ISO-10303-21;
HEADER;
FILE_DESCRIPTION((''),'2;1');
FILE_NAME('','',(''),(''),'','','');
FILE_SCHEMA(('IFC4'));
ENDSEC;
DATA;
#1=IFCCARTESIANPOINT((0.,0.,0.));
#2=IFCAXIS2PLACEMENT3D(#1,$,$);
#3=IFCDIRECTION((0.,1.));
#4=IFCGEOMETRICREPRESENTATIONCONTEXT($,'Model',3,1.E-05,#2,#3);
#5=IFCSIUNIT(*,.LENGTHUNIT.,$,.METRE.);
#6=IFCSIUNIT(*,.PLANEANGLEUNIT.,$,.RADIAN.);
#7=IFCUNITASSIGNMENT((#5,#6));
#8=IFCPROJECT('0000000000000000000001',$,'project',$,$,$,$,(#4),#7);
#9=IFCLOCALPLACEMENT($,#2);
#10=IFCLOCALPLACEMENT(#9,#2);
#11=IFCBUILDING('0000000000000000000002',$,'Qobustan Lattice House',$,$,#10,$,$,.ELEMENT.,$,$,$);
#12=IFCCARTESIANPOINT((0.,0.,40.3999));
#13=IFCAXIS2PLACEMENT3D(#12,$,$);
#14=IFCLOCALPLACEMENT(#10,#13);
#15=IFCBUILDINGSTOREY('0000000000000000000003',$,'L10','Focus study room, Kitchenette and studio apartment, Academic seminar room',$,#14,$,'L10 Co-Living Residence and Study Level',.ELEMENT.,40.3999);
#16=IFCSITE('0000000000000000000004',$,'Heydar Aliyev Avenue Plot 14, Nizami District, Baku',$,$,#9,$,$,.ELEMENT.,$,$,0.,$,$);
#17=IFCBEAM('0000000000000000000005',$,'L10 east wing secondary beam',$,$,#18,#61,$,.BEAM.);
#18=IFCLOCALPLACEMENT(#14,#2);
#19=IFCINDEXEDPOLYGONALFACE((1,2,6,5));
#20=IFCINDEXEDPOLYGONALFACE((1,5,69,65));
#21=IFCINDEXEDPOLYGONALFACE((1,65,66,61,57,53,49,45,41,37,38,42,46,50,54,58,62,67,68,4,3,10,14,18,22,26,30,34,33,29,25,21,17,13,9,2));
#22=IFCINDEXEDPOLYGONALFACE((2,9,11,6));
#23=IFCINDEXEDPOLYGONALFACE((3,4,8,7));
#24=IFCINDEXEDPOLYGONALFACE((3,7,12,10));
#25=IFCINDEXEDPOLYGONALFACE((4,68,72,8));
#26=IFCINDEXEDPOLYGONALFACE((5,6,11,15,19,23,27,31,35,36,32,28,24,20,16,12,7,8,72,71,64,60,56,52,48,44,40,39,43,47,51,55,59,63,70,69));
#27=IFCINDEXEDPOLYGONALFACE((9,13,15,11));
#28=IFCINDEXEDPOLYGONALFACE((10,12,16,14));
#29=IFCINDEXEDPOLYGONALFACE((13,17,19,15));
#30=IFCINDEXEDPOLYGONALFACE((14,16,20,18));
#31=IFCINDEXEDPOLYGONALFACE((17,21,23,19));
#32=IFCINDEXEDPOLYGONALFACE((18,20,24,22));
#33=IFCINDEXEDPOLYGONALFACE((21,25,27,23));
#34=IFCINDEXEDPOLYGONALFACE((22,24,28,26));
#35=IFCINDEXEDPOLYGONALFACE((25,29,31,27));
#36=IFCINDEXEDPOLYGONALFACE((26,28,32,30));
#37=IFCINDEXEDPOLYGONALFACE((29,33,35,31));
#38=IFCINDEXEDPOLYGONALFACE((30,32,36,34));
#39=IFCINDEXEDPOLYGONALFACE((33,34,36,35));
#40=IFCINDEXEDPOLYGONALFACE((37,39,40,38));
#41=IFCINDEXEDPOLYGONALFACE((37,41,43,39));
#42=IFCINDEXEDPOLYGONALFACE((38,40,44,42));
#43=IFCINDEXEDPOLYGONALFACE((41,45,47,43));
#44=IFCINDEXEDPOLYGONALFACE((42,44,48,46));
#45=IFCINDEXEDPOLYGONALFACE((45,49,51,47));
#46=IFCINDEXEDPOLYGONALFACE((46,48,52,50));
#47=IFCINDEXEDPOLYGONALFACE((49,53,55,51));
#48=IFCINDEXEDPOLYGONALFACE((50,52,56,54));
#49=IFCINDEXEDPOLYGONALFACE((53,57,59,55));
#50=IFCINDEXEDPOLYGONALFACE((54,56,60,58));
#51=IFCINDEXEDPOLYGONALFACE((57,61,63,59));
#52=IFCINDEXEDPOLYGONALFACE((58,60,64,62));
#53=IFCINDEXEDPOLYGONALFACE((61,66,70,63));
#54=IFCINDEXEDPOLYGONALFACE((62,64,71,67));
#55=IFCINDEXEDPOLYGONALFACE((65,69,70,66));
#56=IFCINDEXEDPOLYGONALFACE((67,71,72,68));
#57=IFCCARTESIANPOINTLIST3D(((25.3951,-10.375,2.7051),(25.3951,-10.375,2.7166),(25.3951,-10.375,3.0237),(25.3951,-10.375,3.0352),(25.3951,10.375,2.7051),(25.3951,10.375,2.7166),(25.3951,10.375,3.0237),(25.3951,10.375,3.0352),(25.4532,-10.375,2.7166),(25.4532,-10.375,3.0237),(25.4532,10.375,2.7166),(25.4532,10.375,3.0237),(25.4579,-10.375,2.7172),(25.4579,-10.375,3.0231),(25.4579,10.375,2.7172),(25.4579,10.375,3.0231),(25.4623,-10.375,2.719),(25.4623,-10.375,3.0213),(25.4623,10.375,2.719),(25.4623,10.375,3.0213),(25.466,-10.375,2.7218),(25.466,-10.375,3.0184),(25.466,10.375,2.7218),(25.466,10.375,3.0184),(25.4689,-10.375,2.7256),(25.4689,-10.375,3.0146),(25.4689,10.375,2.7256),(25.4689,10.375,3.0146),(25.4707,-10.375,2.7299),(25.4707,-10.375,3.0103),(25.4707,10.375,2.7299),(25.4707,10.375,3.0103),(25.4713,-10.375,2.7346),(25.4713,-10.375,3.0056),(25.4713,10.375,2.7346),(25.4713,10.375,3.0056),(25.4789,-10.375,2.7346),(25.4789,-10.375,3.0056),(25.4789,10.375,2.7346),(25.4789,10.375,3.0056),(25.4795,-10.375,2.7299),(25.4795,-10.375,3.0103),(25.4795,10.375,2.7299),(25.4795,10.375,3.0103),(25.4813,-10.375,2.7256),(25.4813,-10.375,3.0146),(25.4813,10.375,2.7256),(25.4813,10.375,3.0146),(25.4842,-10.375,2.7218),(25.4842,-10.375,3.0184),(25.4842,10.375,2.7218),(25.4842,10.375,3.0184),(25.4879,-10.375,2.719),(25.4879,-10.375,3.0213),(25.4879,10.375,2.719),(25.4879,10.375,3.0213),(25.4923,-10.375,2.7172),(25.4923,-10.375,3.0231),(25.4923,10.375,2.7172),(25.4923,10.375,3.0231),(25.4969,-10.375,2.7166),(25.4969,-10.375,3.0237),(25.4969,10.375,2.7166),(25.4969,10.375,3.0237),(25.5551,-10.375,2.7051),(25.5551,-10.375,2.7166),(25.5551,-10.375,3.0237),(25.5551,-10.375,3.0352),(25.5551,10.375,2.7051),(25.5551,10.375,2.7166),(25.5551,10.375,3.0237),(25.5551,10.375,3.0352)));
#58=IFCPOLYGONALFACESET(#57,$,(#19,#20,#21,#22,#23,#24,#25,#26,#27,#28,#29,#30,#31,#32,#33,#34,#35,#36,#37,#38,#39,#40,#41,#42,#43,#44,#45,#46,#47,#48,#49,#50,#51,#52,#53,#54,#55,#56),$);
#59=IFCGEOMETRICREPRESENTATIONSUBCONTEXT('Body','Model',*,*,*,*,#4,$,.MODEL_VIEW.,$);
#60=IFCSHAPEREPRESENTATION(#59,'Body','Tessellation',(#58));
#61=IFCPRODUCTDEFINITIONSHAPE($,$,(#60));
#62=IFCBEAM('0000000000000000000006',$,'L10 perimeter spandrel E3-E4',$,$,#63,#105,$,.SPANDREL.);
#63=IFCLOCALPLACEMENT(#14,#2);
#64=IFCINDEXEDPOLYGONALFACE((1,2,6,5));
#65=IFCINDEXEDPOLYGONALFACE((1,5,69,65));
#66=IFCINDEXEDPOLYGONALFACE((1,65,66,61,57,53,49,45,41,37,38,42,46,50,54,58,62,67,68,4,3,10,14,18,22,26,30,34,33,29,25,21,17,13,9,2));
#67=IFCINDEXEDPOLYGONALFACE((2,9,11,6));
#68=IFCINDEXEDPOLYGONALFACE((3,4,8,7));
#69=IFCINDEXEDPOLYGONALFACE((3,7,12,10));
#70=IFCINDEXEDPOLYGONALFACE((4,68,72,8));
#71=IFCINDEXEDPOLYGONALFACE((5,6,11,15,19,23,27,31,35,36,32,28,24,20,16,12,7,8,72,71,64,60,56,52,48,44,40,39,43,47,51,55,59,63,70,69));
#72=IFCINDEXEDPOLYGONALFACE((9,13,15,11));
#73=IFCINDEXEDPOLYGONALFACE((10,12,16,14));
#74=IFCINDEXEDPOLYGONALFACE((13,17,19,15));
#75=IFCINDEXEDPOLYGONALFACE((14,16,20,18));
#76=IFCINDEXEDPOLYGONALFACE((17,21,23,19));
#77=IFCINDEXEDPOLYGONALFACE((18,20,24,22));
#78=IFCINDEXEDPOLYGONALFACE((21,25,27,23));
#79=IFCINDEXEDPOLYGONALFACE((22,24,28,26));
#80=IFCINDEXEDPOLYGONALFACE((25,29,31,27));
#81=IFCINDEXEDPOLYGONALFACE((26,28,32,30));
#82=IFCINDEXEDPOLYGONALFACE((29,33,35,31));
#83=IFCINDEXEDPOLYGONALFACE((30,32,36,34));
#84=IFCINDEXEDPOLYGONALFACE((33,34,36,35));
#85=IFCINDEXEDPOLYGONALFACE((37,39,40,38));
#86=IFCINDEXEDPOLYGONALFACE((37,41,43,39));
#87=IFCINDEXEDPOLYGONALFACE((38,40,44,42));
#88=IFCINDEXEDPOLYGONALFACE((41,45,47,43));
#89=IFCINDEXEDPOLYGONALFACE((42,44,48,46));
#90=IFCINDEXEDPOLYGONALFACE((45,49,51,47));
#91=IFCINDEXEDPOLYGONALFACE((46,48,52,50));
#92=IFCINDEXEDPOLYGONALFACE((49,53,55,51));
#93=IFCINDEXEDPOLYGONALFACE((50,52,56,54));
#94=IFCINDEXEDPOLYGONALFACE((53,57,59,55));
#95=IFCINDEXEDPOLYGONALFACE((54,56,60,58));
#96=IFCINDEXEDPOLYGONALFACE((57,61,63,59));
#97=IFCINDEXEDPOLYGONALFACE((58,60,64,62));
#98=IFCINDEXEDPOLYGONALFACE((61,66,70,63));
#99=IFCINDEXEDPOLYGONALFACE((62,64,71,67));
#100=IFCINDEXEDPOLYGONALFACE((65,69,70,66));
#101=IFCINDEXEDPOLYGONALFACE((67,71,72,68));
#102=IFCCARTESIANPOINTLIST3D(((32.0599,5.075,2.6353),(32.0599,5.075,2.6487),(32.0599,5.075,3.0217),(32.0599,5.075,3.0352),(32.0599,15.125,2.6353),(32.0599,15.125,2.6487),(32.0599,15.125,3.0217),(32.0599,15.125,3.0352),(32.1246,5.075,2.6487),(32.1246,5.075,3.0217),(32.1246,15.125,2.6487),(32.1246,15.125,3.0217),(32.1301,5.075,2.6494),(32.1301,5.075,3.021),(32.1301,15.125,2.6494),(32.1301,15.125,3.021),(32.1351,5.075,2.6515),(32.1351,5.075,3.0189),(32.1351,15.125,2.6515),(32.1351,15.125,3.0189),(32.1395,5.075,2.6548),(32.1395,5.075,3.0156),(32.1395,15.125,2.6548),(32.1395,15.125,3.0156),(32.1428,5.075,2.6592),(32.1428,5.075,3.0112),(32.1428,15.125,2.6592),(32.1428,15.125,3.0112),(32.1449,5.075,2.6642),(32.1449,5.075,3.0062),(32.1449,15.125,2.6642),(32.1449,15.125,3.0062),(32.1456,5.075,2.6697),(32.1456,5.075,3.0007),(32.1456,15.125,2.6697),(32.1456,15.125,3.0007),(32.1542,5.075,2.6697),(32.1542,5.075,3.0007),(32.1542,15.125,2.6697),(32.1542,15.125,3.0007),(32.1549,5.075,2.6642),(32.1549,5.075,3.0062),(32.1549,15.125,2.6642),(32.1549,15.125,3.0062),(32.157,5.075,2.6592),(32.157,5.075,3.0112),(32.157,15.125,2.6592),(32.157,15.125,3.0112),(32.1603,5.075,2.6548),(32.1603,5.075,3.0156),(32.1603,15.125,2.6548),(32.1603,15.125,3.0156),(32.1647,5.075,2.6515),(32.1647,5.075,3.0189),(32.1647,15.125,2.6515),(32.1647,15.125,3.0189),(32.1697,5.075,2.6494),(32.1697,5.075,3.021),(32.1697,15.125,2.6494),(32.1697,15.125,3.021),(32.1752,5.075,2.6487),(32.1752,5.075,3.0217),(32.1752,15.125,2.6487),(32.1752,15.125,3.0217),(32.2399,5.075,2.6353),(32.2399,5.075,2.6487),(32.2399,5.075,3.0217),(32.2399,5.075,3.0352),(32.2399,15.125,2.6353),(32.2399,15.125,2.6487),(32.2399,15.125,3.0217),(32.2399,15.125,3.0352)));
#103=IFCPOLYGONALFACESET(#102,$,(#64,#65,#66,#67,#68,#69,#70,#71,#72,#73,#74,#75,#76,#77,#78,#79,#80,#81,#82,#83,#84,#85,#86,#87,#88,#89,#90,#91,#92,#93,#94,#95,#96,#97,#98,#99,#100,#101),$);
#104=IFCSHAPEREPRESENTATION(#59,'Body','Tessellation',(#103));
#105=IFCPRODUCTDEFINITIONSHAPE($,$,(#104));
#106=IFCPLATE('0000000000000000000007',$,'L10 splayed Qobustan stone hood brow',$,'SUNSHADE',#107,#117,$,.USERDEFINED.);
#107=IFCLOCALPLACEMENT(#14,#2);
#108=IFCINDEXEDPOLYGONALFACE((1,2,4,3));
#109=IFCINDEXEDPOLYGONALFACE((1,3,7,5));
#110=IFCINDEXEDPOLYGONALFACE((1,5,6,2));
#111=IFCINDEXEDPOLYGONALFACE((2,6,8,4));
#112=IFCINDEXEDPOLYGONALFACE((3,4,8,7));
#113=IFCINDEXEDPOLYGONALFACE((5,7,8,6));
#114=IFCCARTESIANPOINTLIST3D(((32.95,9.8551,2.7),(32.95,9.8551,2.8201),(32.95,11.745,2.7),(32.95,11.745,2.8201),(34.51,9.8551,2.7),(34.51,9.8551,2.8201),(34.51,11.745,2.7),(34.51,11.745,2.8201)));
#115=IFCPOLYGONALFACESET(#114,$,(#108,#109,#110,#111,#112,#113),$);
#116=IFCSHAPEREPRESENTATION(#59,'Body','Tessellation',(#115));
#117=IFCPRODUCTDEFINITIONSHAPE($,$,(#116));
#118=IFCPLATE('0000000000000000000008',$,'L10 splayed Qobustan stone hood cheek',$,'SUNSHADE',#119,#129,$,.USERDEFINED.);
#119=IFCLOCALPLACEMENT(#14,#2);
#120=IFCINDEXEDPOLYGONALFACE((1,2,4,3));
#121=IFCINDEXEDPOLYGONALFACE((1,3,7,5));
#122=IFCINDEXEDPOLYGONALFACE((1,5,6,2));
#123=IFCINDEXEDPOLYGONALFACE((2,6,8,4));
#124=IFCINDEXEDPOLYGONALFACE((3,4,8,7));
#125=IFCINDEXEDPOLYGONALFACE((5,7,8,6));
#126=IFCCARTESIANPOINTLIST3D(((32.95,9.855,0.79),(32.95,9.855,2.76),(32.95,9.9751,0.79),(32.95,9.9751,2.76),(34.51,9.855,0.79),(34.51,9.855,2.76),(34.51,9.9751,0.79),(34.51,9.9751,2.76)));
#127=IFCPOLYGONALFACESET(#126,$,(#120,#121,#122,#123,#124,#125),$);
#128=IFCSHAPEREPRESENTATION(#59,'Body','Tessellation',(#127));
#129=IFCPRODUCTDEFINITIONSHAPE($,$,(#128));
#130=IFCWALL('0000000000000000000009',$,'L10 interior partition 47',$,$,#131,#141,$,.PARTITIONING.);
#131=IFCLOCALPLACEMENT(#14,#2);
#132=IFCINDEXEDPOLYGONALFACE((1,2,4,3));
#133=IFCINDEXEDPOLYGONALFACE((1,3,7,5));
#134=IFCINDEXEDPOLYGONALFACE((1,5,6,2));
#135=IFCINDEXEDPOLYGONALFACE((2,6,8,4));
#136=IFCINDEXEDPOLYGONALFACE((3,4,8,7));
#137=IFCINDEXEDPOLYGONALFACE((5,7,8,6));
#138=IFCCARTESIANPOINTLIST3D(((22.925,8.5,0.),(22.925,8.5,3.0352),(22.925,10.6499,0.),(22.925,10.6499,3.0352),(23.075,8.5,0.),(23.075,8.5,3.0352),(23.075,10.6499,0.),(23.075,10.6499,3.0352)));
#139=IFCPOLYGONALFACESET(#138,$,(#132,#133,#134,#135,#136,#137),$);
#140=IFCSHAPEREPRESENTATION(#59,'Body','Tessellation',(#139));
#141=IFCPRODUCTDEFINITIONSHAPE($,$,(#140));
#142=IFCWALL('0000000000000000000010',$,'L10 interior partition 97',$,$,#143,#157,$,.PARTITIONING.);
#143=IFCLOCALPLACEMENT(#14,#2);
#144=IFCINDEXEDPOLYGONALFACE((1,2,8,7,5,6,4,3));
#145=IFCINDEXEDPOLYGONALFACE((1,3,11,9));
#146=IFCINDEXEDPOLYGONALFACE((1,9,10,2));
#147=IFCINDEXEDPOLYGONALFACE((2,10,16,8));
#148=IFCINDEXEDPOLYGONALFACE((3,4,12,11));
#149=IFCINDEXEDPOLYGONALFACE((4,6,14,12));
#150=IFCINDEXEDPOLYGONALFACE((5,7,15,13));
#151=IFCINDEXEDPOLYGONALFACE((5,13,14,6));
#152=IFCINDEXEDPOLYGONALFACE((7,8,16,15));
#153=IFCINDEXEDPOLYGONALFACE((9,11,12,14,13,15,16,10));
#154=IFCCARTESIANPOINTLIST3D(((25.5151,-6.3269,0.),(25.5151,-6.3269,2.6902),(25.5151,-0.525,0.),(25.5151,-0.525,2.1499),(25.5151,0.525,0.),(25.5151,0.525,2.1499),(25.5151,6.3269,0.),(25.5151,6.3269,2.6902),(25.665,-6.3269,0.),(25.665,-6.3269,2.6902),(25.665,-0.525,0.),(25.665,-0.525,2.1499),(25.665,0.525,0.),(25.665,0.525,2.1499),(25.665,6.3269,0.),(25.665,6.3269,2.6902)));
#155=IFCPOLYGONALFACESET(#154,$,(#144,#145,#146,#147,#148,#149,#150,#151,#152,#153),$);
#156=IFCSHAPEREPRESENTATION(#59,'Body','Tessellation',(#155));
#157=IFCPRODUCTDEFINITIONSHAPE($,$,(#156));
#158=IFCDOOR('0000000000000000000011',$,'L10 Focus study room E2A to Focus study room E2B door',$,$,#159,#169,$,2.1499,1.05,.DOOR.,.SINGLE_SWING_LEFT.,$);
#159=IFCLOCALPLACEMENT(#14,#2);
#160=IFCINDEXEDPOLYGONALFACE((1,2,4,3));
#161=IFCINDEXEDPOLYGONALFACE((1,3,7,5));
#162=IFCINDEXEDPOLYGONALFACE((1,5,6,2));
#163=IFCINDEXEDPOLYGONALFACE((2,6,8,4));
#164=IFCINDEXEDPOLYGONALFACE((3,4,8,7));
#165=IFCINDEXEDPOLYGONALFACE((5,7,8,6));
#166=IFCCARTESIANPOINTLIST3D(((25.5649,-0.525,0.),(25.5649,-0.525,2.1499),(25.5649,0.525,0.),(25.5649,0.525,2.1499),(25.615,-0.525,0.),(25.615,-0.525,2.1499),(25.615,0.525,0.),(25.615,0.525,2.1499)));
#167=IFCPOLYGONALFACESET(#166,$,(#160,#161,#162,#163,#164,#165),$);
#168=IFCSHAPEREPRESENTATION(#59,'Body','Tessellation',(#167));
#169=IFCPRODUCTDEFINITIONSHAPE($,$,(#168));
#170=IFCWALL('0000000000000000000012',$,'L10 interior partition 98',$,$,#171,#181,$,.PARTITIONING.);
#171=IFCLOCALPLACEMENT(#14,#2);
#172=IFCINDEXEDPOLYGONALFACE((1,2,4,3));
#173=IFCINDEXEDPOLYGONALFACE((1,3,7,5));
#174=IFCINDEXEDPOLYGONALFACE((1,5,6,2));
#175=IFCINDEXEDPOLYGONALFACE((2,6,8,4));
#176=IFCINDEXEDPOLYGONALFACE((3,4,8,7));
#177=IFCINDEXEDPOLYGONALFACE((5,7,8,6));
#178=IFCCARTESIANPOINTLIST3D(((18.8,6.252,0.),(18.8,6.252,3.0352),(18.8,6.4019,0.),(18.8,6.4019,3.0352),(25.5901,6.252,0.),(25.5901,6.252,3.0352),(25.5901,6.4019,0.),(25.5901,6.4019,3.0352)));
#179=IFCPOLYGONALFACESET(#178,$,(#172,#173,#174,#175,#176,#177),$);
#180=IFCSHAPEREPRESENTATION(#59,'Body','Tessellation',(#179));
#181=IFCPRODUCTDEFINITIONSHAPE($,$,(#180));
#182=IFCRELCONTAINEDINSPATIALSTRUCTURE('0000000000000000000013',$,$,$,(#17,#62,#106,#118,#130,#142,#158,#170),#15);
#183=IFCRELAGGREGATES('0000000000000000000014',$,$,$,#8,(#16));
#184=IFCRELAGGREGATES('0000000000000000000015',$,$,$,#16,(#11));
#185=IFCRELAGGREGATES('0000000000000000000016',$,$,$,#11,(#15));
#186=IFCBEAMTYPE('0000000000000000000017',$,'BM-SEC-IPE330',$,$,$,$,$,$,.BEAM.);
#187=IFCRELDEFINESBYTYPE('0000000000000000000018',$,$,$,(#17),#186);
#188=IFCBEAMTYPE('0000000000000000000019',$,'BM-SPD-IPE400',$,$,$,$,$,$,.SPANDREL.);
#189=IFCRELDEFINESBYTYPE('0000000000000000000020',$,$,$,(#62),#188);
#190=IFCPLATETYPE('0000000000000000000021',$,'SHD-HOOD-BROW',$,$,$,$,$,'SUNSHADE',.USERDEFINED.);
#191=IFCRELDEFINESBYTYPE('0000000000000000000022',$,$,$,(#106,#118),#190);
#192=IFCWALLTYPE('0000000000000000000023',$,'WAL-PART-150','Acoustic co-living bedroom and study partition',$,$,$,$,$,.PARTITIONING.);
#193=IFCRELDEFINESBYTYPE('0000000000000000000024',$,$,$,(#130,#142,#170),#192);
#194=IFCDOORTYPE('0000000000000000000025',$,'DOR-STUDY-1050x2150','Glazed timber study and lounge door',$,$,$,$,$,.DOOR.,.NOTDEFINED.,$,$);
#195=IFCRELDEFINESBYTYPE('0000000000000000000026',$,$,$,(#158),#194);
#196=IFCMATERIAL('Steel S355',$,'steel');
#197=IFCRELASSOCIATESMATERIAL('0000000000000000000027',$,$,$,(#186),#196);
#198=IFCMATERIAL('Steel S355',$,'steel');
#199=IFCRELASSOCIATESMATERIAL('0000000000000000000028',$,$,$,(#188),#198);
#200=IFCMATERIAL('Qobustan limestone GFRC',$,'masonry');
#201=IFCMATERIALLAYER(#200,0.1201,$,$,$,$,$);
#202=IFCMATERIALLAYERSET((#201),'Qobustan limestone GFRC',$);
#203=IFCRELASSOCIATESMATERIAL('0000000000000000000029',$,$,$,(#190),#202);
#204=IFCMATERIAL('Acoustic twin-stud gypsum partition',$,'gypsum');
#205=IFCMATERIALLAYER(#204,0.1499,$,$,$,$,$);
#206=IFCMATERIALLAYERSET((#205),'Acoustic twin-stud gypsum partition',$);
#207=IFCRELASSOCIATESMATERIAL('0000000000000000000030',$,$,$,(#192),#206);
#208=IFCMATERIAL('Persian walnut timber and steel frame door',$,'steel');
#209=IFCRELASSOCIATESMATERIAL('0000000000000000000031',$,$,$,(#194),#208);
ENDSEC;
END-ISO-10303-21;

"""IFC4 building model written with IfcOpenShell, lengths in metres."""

from ifc_helpers import new_model, si_unit, direction, frame, frame_2d, origin, origin_2d, place, context, subcontext, project, spatial, rectangle, i_section, extrude, material, layer, layer_set, material_profile, profile_set, type_object, element, fill, save


model = new_model("IFC4")

# Units and contexts
model_context = context("Model", 3, precision=1e-05, world=origin(), true_north=direction((0.0, 1.0)))
body_context = subcontext(model_context, "Body", "Model", "MODEL_VIEW")
ifc_project = project(units=[si_unit("LENGTHUNIT", "METRE"), si_unit("PLANEANGLEUNIT", "RADIAN")], contexts=[model_context])

# Site, building, storey
site_placement = place(None, origin())
site = spatial("IfcSite", under=ifc_project, at=site_placement, Name="Heydar Aliyev Avenue Plot 14, Nizami District, Baku", CompositionType="ELEMENT", RefElevation=0.0)
building_placement = place(site_placement, origin())
building = spatial("IfcBuilding", under=site, at=building_placement, Name="Qobustan Lattice House", CompositionType="ELEMENT")
storey_placement = place(building_placement, frame((0.0, 0.0, 40.3999)))
storey = spatial("IfcBuildingStorey", under=building, at=storey_placement, Name="L10", Description="Focus study room, Kitchenette and studio apartment, Academic seminar room", LongName="L10 Co-Living Residence and Study Level", CompositionType="ELEMENT", Elevation=40.3999)

# Beams
ifc_material_1 = material(Name="Steel S355", Category="steel")
ifc_material_profile_1 = material_profile(ifc_material_1, i_section(OverallWidth=0.1599, OverallDepth=0.3301, WebThickness=0.0076, FlangeThickness=0.0115, FilletRadius=0.0181, at=origin_2d()), Name="IPE330")
ifc_profile_set_1 = profile_set([ifc_material_profile_1], Name="Steel S355")
beam_type_1 = type_object("IfcBeamType", Name="BM-SEC-IPE330", PredefinedType="BEAM", material=ifc_profile_set_1)
beam_1_placement = place(storey_placement, frame((25.4751, 10.375, 2.8701), z_axis=(0.0, -1.0, 0.0), x_axis=(1.0, 0.0, 0.0)))
element("IfcBeam", 1, at=beam_1_placement, inside=storey, type_object=beam_type_1, Name="L10 east wing secondary beam", PredefinedType="BEAM", context=body_context, shape_type="SweptSolid", body=[
    extrude(i_section(OverallWidth=0.1599, OverallDepth=0.3301, WebThickness=0.0076, FlangeThickness=0.0115, FilletRadius=0.0181, at=origin_2d()), origin(), (0.0, 0.0, 1.0), 20.75),
])
ifc_material_2 = material(Name="Steel S355", Category="steel")
ifc_material_profile_2 = material_profile(ifc_material_2, i_section(OverallWidth=0.1799, OverallDepth=0.3999, WebThickness=0.0085, FlangeThickness=0.0134, FilletRadius=0.021, at=origin_2d()), Name="IPE400")
ifc_profile_set_2 = profile_set([ifc_material_profile_2], Name="Steel S355")
beam_type_2 = type_object("IfcBeamType", Name="BM-SPD-IPE400", PredefinedType="SPANDREL", material=ifc_profile_set_2)
beam_2_placement = place(storey_placement, frame((32.1499, 5.075, 2.8352), z_axis=(0.0, 1.0, 0.0), x_axis=(-1.0, 0.0, 0.0)))
element("IfcBeam", 2, at=beam_2_placement, inside=storey, type_object=beam_type_2, Name="L10 perimeter spandrel E3-E4", PredefinedType="SPANDREL", context=body_context, shape_type="SweptSolid", body=[
    extrude(i_section(OverallWidth=0.1799, OverallDepth=0.3999, WebThickness=0.0085, FlangeThickness=0.0134, FilletRadius=0.021, at=origin_2d()), origin(), (0.0, 0.0, 1.0), 10.05),
])

# Plates
ifc_material_3 = material(Name="Qobustan limestone GFRC", Category="masonry")
ifc_layer_1 = layer(ifc_material_3, 0.1201)
ifc_layer_set_1 = layer_set([ifc_layer_1], Name="Qobustan limestone GFRC")
plate_type = type_object("IfcPlateType", Name="SHD-HOOD-BROW", ElementType="SUNSHADE", PredefinedType="USERDEFINED", material=ifc_layer_set_1)
plate_1_placement = place(storey_placement, frame((33.73, 10.8, 2.7), z_axis=(0.0, 0.0, 1.0), x_axis=(0.0, -1.0, 0.0)))
element("IfcPlate", 3, at=plate_1_placement, inside=storey, type_object=plate_type, Name="L10 splayed Qobustan stone hood brow", ObjectType="SUNSHADE", PredefinedType="USERDEFINED", context=body_context, shape_type="SweptSolid", body=[
    extrude(rectangle(XDim=1.8899, YDim=1.5601, at=origin_2d()), origin(), (0.0, 0.0, 1.0), 0.1201),
])
plate_2_placement = place(storey_placement, frame((33.73, 9.915, 0.79), z_axis=(0.0, 0.0, 1.0), x_axis=(0.0, -1.0, 0.0)))
element("IfcPlate", 4, at=plate_2_placement, inside=storey, type_object=plate_type, Name="L10 splayed Qobustan stone hood cheek", ObjectType="SUNSHADE", PredefinedType="USERDEFINED", context=body_context, shape_type="SweptSolid", body=[
    extrude(rectangle(XDim=0.1201, YDim=1.5601, at=origin_2d()), origin(), (0.0, 0.0, 1.0), 1.97),
])

# Shared definitions
ifc_material_4 = material(Name="Acoustic twin-stud gypsum partition", Category="gypsum")
ifc_layer_2 = layer(ifc_material_4, 0.1499)
ifc_layer_set_2 = layer_set([ifc_layer_2], Name="Acoustic twin-stud gypsum partition")
wall_type_1 = type_object("IfcWallType", Name="WAL-PART-150", Description="Acoustic co-living bedroom and study partition", PredefinedType="PARTITIONING", material=ifc_layer_set_2)
ifc_material_5 = material(Name="Persian walnut timber and steel frame door", Category="steel")
door_type_1 = type_object("IfcDoorType", Name="DOR-STUDY-1050x2150", Description="Glazed timber study and lounge door", OperationType="NOTDEFINED", PredefinedType="DOOR", material=ifc_material_5)

# Wall
wall_1_placement = place(storey_placement, frame((23.0, 10.6499, 0.0), z_axis=(0.0, 0.0, 1.0), x_axis=(0.0, -1.0, 0.0)))
element("IfcWall", 5, at=wall_1_placement, inside=storey, type_object=wall_type_1, Name="L10 interior partition 47", PredefinedType="PARTITIONING", context=body_context, shape_type="SweptSolid", body=[
    extrude(rectangle(XDim=2.1499, YDim=0.1499, at=frame_2d((1.075, 0.0))), origin(), (0.0, 0.0, 1.0), 3.0352),
])

# Wall, opening, door
wall_2_placement = place(storey_placement, frame((25.5901, 6.3269, 0.0), z_axis=(0.0, 0.0, 1.0), x_axis=(0.0, -1.0, 0.0)))
wall_2 = element("IfcWall", 6, at=wall_2_placement, inside=storey, type_object=wall_type_1, Name="L10 interior partition 97", PredefinedType="PARTITIONING", context=body_context, shape_type="SweptSolid", body=[
    extrude(rectangle(XDim=12.6538, YDim=0.1499, at=frame_2d((6.3269, 0.0))), origin(), (0.0, 0.0, 1.0), 2.6902),
])
opening_1_placement = place(wall_2_placement, frame((5.802, 0.0, 0.0)))
opening_1 = element("IfcOpeningElement", 7, at=opening_1_placement, cuts=wall_2, PredefinedType="OPENING", context=body_context, shape_type="SweptSolid", body=[
    extrude(rectangle(XDim=1.05, YDim=2.1499, at=frame_2d((0.5249, 1.075))), frame((0.0, 0.085, 0.0), z_axis=(0.0, -1.0, 0.0), x_axis=(1.0, 0.0, 0.0)), (0.0, 0.0, 1.0), 0.1699),
])
door_1_placement = place(opening_1_placement, origin())
door_1 = element("IfcDoor", 8, at=door_1_placement, inside=storey, type_object=door_type_1, Name="L10 Focus study room E2A to Focus study room E2B door", OperationType="SINGLE_SWING_LEFT", OverallHeight=2.1499, OverallWidth=1.05, PredefinedType="DOOR", context=body_context, shape_type="SweptSolid", body=[
    extrude(rectangle(XDim=1.05, YDim=2.1499, at=frame_2d((0.5249, 1.075))), frame((0.0, 0.0249, 0.0), z_axis=(0.0, -1.0, 0.0), x_axis=(1.0, 0.0, 0.0)), (0.0, 0.0, 1.0), 0.05),
])
fill(opening_1, door_1)

# Wall
wall_3_placement = place(storey_placement, frame((18.8, 6.3269, 0.0), z_axis=(0.0, 0.0, 1.0), x_axis=(1.0, 0.0, 0.0)))
element("IfcWall", 9, at=wall_3_placement, inside=storey, type_object=wall_type_1, Name="L10 interior partition 98", PredefinedType="PARTITIONING", context=body_context, shape_type="SweptSolid", body=[
    extrude(rectangle(XDim=6.79, YDim=0.1499, at=frame_2d((3.395, 0.0))), origin(), (0.0, 0.0, 1.0), 3.0352),
])

save(model, "model.ifc")
